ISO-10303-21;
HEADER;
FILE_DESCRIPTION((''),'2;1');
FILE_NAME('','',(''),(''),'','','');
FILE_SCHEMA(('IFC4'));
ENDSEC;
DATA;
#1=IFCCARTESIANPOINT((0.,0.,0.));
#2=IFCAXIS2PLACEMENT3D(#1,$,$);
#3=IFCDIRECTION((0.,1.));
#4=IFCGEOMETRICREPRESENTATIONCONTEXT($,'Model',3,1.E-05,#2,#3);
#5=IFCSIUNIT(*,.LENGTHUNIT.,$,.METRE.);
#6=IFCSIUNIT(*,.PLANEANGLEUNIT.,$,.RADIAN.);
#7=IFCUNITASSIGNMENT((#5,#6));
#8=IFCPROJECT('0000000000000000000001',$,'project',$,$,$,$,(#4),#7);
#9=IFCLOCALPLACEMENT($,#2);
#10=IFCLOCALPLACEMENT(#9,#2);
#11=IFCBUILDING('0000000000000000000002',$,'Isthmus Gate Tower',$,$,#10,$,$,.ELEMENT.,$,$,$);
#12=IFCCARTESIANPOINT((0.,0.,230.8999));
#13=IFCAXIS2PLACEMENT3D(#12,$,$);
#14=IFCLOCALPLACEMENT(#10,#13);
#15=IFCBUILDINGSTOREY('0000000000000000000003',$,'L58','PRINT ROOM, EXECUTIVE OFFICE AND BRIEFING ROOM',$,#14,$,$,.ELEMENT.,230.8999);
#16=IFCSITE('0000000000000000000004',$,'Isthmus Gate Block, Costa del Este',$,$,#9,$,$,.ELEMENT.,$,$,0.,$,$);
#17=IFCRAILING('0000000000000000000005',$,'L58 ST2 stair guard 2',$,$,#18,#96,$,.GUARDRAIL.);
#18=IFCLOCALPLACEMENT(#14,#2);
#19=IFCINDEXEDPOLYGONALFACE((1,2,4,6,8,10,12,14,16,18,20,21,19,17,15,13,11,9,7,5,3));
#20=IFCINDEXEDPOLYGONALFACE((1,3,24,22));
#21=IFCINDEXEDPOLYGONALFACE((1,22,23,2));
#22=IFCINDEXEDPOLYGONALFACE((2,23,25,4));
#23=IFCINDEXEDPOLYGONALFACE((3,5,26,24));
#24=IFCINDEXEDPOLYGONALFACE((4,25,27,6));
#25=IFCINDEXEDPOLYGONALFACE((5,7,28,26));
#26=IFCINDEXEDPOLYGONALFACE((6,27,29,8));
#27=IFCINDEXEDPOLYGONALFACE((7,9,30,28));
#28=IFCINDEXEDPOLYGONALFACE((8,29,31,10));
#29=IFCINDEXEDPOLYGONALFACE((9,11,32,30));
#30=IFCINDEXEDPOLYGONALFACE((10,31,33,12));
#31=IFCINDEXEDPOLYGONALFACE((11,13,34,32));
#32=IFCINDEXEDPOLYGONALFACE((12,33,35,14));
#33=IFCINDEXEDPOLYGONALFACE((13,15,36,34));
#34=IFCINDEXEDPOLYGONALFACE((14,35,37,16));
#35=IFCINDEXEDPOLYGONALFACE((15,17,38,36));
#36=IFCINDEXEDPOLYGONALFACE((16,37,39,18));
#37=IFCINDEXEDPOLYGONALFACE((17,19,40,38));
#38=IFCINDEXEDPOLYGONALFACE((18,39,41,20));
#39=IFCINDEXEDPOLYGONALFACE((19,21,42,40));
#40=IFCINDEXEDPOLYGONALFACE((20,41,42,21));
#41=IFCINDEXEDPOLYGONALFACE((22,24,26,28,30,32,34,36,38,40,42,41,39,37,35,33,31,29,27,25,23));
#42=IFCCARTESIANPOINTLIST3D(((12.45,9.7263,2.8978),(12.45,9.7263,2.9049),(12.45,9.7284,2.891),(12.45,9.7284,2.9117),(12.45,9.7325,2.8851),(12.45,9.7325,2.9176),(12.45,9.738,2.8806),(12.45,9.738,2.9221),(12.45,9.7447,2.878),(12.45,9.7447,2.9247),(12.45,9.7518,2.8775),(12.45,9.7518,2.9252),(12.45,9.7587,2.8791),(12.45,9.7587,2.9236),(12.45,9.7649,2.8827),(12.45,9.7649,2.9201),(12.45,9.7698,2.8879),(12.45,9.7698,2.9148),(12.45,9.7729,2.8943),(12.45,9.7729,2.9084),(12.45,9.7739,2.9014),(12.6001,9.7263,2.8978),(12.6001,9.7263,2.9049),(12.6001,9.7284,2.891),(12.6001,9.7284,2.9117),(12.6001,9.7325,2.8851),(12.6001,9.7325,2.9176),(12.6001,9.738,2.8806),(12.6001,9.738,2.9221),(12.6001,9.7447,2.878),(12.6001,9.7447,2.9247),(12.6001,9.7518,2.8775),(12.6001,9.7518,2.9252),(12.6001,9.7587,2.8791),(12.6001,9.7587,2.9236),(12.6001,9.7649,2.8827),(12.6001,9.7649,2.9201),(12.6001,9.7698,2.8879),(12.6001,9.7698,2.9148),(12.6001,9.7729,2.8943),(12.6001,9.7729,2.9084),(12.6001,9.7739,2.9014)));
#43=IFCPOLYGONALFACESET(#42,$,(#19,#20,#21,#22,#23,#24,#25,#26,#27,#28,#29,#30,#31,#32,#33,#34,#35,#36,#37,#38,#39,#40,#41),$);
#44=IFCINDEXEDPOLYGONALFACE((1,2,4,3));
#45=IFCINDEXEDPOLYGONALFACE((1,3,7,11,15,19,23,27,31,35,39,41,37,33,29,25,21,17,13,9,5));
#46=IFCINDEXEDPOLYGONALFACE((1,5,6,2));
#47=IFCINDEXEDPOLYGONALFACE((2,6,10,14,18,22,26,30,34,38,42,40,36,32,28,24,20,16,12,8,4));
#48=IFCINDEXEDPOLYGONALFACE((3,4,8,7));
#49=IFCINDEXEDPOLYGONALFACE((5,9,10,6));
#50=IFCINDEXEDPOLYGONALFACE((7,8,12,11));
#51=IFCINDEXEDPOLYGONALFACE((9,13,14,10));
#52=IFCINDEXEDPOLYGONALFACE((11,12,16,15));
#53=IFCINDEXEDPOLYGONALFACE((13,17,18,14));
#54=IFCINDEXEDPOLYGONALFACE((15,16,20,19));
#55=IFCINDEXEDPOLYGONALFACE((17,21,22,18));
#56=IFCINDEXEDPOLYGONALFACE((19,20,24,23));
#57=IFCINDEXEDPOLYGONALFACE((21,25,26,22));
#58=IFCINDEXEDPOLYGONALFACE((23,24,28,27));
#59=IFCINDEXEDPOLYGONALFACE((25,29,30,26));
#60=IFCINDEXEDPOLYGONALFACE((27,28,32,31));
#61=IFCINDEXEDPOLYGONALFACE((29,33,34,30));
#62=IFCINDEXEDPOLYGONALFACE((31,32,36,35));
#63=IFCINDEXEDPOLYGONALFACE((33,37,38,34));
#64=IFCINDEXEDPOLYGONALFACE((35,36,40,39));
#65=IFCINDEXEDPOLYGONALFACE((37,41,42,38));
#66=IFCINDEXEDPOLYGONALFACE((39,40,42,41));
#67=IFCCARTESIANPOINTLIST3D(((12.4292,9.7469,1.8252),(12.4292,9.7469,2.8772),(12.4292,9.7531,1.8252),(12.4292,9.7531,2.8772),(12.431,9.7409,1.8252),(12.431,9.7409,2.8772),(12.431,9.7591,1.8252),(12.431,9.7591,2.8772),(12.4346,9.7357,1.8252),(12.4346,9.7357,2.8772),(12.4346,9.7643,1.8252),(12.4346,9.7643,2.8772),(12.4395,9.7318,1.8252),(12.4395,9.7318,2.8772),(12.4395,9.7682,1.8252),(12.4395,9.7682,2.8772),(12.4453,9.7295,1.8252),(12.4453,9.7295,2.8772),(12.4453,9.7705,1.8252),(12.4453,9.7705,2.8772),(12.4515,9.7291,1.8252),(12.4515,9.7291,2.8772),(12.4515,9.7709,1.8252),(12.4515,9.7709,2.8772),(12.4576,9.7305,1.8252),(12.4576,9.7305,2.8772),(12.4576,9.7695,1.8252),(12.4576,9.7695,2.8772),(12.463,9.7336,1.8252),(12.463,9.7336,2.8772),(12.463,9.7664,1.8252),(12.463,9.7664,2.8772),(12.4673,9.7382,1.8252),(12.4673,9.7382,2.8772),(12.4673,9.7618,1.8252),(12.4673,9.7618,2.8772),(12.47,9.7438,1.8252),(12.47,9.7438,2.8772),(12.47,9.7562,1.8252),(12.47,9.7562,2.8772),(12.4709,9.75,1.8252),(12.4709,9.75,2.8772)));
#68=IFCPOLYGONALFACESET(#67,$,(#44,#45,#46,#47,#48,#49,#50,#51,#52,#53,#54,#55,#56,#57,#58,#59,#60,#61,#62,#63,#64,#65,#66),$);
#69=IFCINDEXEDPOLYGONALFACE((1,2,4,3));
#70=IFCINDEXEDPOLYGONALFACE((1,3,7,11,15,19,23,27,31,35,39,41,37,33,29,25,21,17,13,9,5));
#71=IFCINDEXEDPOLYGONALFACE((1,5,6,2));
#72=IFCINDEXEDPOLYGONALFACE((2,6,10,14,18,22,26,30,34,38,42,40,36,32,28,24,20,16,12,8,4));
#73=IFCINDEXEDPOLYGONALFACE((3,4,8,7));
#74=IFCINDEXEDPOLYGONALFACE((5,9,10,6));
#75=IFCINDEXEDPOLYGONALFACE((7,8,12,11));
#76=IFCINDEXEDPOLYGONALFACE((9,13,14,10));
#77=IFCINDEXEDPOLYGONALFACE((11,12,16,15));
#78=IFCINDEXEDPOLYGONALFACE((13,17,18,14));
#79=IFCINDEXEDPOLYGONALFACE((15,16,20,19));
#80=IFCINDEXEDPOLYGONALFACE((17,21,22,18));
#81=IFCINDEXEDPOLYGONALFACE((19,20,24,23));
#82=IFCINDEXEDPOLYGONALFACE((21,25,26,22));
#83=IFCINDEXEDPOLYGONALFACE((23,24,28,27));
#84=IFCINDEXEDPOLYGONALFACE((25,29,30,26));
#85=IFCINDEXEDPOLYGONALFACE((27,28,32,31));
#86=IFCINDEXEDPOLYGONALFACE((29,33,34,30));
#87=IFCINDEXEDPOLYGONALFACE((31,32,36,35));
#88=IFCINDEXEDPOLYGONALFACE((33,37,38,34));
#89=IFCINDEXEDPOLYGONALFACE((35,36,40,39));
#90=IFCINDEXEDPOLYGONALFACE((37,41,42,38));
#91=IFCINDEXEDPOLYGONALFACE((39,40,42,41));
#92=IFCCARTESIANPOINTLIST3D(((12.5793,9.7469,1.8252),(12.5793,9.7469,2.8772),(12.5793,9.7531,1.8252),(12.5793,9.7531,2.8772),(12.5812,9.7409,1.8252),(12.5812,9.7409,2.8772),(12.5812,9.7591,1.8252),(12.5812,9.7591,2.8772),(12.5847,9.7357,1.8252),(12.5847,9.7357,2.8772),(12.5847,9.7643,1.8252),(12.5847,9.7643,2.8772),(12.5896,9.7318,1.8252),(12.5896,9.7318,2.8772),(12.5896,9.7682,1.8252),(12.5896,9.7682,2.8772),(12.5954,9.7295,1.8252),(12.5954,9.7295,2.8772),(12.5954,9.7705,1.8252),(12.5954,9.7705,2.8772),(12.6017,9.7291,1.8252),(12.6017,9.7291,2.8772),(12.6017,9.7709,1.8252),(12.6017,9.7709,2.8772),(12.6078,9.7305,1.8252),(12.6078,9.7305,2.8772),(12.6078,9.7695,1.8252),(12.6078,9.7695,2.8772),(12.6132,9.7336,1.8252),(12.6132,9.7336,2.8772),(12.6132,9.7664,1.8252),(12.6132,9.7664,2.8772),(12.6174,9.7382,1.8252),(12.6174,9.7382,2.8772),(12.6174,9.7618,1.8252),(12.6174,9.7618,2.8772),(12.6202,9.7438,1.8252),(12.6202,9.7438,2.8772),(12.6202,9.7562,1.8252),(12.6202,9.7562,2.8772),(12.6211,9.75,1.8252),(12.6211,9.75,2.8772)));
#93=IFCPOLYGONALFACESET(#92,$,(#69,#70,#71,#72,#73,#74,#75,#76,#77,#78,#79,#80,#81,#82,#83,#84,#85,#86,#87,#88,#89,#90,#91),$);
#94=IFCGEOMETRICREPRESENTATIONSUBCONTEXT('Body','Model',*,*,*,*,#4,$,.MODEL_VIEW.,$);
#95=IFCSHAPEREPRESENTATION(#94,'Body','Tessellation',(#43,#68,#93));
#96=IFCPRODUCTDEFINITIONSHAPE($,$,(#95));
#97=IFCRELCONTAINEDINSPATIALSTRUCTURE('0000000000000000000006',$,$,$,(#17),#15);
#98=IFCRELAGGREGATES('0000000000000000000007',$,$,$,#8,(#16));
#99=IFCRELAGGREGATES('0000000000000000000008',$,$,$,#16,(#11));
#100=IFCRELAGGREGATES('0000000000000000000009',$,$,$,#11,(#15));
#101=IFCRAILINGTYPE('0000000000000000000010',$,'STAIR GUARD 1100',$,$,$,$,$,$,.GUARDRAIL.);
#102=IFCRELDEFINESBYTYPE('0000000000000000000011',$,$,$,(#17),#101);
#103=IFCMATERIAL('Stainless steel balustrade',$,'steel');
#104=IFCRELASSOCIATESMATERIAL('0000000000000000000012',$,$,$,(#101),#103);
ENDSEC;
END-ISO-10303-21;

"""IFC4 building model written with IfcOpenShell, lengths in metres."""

from ifc_helpers import new_model, si_unit, direction, frame, origin, origin_2d, place, context, subcontext, project, spatial, circle, extrude, material, type_object, element, save


model = new_model("IFC4")

# Units and contexts
model_context = context("Model", 3, precision=1e-05, world=origin(), true_north=direction((0.0, 1.0)))
body_context = subcontext(model_context, "Body", "Model", "MODEL_VIEW")
ifc_project = project(units=[si_unit("LENGTHUNIT", "METRE"), si_unit("PLANEANGLEUNIT", "RADIAN")], contexts=[model_context])

# Site, building, storey
site_placement = place(None, origin())
site = spatial("IfcSite", under=ifc_project, at=site_placement, Name="Isthmus Gate Block, Costa del Este", CompositionType="ELEMENT", RefElevation=0.0)
building_placement = place(site_placement, origin())
building = spatial("IfcBuilding", under=site, at=building_placement, Name="Isthmus Gate Tower", CompositionType="ELEMENT")
storey_placement = place(building_placement, frame((0.0, 0.0, 230.8999)))
storey = spatial("IfcBuildingStorey", under=building, at=storey_placement, Name="L58", Description="PRINT ROOM, EXECUTIVE OFFICE AND BRIEFING ROOM", CompositionType="ELEMENT", Elevation=230.8999)

# Railing
ifc_material_1 = material(Name="Stainless steel balustrade", Category="steel")
railing_type_1 = type_object("IfcRailingType", Name="STAIR GUARD 1100", PredefinedType="GUARDRAIL", material=ifc_material_1)
railing_1_placement = place(storey_placement, frame((12.45, 9.75, 1.8252)))
element("IfcRailing", 1, at=railing_1_placement, inside=storey, type_object=railing_type_1, Name="L58 ST2 stair guard 2", PredefinedType="GUARDRAIL", context=body_context, shape_type="SweptSolid", body=[
    extrude(circle(Radius=0.0239, at=origin_2d()), frame((0.0, 0.0, 1.0762), z_axis=(1.0, 0.0, 0.0), x_axis=(0.0, 1.0, 0.0)), (0.0, 0.0, 1.0), 0.1501),
    extrude(circle(Radius=0.021, at=origin_2d()), origin(), (0.0, 0.0, 1.0), 1.052),
    extrude(circle(Radius=0.021, at=origin_2d()), frame((0.1501, 0.0, 0.0)), (0.0, 0.0, 1.0), 1.052),
])

save(model, "model.ifc")
